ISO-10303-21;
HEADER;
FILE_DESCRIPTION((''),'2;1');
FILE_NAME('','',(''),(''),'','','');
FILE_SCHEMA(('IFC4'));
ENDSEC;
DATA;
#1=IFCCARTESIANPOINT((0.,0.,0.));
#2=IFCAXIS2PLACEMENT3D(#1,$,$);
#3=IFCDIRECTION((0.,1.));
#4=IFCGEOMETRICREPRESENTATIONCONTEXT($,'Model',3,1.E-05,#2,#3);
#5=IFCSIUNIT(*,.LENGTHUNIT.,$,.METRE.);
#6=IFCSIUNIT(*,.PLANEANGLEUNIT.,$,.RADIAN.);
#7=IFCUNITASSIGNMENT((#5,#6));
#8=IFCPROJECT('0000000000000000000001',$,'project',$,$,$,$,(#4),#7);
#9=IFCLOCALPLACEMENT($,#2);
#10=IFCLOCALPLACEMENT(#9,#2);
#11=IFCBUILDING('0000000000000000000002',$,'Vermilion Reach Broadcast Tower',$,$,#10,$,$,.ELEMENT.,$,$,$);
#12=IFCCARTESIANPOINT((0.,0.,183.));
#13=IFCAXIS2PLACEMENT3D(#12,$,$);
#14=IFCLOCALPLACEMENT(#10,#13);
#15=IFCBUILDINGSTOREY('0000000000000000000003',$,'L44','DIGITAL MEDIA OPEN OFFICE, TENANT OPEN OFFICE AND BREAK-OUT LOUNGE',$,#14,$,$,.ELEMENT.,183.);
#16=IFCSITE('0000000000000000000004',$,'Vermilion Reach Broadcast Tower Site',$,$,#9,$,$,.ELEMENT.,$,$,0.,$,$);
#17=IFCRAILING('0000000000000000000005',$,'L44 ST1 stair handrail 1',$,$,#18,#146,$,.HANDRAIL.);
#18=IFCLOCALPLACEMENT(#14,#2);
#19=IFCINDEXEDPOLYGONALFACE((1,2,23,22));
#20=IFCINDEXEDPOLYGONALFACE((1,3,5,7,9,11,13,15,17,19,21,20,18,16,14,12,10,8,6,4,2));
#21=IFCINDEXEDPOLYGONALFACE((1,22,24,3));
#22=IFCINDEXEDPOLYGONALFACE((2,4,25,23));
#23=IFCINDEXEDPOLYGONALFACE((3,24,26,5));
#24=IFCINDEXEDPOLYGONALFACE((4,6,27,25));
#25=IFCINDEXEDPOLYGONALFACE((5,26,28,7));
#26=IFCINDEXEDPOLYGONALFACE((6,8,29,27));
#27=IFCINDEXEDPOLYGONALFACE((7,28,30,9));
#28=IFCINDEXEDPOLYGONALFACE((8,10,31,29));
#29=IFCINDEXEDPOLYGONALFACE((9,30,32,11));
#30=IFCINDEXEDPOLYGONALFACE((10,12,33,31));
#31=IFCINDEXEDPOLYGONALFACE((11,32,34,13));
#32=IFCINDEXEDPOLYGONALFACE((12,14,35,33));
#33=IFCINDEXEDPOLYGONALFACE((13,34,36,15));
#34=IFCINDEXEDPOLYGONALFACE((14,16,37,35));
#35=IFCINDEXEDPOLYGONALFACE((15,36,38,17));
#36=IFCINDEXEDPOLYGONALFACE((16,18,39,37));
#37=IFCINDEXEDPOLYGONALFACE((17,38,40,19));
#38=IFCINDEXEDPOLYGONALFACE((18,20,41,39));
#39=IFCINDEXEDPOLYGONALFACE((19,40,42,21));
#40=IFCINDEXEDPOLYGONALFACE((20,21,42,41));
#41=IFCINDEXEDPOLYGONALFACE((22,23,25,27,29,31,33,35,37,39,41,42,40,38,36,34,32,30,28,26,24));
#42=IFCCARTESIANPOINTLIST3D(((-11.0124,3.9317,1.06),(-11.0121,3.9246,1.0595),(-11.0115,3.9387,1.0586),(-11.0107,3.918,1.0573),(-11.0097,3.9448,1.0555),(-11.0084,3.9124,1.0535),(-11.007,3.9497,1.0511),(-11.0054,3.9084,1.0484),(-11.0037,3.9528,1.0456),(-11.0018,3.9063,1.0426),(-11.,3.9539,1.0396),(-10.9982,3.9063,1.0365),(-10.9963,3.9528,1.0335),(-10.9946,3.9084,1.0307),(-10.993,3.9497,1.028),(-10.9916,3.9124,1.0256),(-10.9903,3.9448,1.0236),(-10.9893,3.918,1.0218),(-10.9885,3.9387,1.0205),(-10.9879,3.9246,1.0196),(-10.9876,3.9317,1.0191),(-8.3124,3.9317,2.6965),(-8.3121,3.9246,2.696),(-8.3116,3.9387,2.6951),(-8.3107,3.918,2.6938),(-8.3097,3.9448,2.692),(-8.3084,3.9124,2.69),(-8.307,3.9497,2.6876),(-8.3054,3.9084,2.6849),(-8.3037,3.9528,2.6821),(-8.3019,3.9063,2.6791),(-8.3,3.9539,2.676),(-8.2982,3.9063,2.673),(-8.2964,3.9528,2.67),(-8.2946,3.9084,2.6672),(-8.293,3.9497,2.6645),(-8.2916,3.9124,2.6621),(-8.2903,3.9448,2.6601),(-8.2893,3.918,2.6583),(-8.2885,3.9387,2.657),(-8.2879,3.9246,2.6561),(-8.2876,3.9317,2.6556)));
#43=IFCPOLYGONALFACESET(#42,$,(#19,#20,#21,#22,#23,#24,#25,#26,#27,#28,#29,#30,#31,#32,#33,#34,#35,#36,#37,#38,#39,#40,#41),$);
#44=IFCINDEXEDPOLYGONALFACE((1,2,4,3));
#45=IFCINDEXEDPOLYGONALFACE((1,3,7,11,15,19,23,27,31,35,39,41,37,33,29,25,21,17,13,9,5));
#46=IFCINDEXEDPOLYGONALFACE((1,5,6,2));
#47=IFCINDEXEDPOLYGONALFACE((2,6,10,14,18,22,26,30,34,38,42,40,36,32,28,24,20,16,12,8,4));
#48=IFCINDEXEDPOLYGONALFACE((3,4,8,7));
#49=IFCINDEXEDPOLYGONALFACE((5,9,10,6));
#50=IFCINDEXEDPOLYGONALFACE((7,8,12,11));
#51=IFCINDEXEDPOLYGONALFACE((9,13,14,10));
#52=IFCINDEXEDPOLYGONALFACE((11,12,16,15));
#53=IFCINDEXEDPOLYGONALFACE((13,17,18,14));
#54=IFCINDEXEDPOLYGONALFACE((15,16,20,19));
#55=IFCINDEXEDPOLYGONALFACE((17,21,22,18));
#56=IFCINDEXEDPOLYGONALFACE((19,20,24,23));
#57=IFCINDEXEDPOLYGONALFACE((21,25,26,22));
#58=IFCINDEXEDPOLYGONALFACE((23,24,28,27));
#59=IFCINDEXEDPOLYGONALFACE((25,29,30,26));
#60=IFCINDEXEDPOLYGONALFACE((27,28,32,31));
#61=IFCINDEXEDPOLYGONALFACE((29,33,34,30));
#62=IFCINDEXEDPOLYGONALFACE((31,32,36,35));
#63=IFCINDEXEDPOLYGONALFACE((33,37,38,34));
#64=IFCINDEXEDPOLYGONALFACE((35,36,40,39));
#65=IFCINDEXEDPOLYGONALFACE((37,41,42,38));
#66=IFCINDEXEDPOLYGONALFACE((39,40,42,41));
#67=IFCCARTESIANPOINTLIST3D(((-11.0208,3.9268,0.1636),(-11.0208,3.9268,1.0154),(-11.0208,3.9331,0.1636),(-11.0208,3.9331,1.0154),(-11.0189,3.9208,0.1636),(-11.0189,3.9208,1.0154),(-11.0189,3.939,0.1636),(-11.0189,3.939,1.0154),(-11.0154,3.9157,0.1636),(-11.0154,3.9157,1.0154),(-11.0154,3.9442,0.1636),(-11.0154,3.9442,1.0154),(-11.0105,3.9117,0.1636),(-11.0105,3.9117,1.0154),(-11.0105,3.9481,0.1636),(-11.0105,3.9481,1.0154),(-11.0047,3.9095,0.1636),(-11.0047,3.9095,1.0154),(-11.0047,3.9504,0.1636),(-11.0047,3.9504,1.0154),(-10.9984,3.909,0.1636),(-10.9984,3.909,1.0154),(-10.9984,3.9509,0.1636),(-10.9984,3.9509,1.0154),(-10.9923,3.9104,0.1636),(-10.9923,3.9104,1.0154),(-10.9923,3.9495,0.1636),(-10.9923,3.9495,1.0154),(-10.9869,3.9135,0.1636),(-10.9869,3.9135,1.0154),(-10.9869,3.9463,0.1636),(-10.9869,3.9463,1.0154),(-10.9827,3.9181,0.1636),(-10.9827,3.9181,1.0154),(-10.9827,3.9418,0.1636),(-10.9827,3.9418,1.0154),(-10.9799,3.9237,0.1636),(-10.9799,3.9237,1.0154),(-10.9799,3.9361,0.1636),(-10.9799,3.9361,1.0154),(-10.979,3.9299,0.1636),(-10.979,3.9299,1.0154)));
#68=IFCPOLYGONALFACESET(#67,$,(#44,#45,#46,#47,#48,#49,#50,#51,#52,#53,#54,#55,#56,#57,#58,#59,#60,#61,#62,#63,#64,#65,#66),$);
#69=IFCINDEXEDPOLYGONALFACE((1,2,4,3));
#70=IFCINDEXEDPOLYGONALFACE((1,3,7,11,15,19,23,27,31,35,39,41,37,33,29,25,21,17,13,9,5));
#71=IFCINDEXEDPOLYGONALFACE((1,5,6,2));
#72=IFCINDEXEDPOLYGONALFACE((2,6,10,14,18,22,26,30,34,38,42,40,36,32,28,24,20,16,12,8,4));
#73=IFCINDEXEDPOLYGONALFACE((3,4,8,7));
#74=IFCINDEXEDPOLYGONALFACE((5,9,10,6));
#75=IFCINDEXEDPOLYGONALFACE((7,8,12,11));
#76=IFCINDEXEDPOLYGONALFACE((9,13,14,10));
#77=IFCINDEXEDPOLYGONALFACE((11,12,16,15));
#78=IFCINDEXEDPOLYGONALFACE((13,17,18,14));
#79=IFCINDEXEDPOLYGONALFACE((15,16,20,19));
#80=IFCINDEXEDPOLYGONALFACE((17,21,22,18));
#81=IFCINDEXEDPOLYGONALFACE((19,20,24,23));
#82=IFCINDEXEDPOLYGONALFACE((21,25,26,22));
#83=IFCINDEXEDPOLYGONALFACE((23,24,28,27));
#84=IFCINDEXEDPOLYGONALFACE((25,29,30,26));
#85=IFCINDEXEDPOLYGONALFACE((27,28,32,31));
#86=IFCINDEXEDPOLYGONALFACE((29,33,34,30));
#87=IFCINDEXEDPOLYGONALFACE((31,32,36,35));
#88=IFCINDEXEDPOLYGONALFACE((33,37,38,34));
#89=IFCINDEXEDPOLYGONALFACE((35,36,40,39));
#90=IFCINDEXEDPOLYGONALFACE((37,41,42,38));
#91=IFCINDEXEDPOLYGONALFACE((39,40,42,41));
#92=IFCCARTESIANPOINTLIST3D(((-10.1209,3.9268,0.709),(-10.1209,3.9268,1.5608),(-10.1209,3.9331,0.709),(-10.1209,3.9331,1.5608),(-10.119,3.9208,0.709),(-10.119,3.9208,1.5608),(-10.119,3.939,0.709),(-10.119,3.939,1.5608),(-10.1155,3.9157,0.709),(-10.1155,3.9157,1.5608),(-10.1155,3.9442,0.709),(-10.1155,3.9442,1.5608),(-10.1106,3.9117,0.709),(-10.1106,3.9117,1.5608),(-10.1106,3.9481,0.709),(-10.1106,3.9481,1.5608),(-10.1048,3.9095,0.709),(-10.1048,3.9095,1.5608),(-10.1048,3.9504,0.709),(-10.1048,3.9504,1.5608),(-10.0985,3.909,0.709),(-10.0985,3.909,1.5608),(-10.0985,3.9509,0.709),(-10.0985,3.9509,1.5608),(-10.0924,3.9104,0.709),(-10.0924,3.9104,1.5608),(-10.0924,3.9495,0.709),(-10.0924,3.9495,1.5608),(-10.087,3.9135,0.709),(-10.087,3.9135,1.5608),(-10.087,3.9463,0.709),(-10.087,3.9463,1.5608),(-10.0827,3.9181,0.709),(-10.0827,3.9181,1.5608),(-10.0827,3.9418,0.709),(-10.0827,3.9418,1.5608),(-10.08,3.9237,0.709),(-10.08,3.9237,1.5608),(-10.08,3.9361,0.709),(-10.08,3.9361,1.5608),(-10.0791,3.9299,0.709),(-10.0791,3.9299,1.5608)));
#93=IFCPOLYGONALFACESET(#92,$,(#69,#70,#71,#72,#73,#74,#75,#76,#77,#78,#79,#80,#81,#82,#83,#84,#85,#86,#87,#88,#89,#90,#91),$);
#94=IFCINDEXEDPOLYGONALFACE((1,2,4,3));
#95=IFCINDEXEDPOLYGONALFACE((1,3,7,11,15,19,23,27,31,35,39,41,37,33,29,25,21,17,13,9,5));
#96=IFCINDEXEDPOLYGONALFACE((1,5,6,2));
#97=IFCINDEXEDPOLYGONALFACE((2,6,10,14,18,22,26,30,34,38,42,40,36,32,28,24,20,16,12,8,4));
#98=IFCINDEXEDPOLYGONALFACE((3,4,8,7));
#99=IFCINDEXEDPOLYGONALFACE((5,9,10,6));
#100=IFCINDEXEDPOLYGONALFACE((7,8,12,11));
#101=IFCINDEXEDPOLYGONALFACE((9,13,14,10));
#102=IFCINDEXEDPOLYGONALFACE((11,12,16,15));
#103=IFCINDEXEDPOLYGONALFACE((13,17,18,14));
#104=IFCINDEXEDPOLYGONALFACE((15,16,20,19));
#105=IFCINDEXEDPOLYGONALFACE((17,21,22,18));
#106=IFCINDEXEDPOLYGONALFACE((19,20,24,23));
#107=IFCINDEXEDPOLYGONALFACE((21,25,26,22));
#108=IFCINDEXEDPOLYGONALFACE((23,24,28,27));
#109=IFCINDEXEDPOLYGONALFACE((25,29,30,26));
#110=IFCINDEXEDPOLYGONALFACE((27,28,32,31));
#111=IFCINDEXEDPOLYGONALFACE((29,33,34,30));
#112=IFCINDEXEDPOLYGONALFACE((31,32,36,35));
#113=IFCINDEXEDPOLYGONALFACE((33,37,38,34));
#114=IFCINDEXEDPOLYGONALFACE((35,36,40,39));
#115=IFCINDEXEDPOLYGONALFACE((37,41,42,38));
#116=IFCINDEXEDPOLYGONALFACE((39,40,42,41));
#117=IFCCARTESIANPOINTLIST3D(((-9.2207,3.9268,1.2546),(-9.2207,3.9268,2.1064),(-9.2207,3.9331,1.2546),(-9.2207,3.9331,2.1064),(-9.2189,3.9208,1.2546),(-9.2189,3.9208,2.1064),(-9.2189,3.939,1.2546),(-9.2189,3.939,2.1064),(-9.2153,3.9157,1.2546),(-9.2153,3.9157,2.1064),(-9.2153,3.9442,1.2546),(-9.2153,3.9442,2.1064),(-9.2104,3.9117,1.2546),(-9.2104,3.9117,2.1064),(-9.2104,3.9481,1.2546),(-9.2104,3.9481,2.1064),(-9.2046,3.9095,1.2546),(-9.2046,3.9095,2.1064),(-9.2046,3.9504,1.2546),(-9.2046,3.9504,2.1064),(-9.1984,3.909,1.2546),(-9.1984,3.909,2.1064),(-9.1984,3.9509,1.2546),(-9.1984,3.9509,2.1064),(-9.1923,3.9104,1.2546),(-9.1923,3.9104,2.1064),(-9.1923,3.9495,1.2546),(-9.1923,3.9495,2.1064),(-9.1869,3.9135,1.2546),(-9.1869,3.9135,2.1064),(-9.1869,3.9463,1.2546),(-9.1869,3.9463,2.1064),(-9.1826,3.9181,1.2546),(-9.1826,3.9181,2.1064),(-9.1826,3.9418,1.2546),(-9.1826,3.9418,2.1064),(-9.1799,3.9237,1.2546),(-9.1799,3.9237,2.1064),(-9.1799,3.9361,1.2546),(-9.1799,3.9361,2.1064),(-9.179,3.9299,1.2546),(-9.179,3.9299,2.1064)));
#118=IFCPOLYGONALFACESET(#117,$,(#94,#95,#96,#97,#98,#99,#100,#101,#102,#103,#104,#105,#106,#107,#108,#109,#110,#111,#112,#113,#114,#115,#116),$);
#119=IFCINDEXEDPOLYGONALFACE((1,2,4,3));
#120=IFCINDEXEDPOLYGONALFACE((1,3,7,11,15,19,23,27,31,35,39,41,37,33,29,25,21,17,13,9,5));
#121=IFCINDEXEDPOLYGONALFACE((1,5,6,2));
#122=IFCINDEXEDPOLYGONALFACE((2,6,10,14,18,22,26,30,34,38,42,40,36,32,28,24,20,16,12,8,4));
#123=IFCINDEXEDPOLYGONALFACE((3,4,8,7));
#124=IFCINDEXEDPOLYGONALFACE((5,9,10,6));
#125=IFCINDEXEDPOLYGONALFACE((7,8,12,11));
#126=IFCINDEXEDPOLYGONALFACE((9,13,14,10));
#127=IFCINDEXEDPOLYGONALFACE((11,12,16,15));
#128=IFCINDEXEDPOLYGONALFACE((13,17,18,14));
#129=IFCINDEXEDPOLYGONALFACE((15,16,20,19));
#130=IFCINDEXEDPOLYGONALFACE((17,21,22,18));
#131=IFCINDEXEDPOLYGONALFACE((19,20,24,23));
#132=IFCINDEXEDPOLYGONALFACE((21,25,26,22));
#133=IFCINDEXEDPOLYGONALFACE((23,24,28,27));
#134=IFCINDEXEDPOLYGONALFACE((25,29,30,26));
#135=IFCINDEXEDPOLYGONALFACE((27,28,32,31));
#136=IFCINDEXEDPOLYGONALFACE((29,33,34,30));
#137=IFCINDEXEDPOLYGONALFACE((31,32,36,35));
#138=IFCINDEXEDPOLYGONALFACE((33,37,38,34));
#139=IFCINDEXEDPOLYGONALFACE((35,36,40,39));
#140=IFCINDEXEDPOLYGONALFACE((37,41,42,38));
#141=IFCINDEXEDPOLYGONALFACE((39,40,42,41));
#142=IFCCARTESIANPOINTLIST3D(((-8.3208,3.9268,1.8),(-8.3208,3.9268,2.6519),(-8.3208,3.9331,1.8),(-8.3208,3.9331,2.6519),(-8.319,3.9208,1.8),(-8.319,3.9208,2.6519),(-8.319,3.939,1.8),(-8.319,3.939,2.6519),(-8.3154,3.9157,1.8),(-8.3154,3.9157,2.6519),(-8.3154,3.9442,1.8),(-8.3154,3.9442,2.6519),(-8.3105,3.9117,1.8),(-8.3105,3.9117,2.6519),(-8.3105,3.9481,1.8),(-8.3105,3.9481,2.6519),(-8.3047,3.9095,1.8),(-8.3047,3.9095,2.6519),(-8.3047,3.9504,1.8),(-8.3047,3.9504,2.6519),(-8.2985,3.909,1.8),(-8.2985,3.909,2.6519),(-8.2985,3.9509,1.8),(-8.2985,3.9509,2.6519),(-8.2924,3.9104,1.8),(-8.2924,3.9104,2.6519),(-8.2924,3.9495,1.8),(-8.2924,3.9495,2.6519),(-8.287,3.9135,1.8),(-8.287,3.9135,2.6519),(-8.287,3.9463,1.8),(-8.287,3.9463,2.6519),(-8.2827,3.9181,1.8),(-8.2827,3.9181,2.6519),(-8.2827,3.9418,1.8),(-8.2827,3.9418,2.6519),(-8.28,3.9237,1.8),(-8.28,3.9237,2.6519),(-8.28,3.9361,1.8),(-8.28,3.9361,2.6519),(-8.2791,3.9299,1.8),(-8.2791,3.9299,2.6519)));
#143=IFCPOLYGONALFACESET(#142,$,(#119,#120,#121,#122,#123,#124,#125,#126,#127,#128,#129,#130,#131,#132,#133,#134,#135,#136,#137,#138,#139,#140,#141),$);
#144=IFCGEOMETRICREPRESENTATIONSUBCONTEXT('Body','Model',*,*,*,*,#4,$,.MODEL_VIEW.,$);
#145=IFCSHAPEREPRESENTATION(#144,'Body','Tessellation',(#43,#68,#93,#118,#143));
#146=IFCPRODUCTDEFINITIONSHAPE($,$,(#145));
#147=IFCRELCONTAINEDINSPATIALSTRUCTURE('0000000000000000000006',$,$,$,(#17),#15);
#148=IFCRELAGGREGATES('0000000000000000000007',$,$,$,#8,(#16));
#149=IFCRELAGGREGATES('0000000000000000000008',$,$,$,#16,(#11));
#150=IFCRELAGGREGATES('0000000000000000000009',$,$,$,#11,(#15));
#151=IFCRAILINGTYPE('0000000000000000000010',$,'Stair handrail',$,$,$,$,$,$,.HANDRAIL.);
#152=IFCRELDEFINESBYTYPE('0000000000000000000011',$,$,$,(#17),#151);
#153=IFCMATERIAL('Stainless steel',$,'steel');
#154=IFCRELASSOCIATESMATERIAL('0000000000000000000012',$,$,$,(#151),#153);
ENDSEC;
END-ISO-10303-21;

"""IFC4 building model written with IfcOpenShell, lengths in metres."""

from ifc_helpers import new_model, si_unit, direction, frame, origin, origin_2d, place, context, subcontext, project, spatial, circle, extrude, material, type_object, element, save


model = new_model("IFC4")

# Units and contexts
model_context = context("Model", 3, precision=1e-05, world=origin(), true_north=direction((0.0, 1.0)))
body_context = subcontext(model_context, "Body", "Model", "MODEL_VIEW")
ifc_project = project(units=[si_unit("LENGTHUNIT", "METRE"), si_unit("PLANEANGLEUNIT", "RADIAN")], contexts=[model_context])

# Site, building, storey
site_placement = place(None, origin())
site = spatial("IfcSite", under=ifc_project, at=site_placement, Name="Vermilion Reach Broadcast Tower Site", CompositionType="ELEMENT", RefElevation=0.0)
building_placement = place(site_placement, origin())
building = spatial("IfcBuilding", under=site, at=building_placement, Name="Vermilion Reach Broadcast Tower", CompositionType="ELEMENT")
storey_placement = place(building_placement, frame((0.0, 0.0, 183.0)))
storey = spatial("IfcBuildingStorey", under=building, at=storey_placement, Name="L44", Description="DIGITAL MEDIA OPEN OFFICE, TENANT OPEN OFFICE AND BREAK-OUT LOUNGE", CompositionType="ELEMENT", Elevation=183.0)

# Railing
ifc_material_1 = material(Name="Stainless steel", Category="steel")
railing_type_1 = type_object("IfcRailingType", Name="Stair handrail", PredefinedType="HANDRAIL", material=ifc_material_1)
railing_1_placement = place(storey_placement, frame((-11.0, 3.9299, 0.1636)))
element("IfcRailing", 1, at=railing_1_placement, inside=storey, type_object=railing_type_1, Name="L44 ST1 stair handrail 1", PredefinedType="HANDRAIL", context=body_context, shape_type="SweptSolid", body=[
    extrude(circle(Radius=0.0239, at=origin_2d()), frame((0.0, 0.0, 0.876), z_axis=(0.855178, 0.0, 0.518334), x_axis=(0.0, 1.0, 0.0)), (0.0, 0.0, 1.0), 3.1572),
    extrude(circle(Radius=0.021, at=origin_2d()), origin(), (0.0, 0.0, 1.0), 0.8518),
    extrude(circle(Radius=0.021, at=origin_2d()), frame((0.8999, 0.0, 0.5454)), (0.0, 0.0, 1.0), 0.8518),
    extrude(circle(Radius=0.021, at=origin_2d()), frame((1.8, 0.0, 1.0911)), (0.0, 0.0, 1.0), 0.8518),
    extrude(circle(Radius=0.021, at=origin_2d()), frame((2.7, 0.0, 1.6365)), (0.0, 0.0, 1.0), 0.8518),
])

save(model, "model.ifc")
